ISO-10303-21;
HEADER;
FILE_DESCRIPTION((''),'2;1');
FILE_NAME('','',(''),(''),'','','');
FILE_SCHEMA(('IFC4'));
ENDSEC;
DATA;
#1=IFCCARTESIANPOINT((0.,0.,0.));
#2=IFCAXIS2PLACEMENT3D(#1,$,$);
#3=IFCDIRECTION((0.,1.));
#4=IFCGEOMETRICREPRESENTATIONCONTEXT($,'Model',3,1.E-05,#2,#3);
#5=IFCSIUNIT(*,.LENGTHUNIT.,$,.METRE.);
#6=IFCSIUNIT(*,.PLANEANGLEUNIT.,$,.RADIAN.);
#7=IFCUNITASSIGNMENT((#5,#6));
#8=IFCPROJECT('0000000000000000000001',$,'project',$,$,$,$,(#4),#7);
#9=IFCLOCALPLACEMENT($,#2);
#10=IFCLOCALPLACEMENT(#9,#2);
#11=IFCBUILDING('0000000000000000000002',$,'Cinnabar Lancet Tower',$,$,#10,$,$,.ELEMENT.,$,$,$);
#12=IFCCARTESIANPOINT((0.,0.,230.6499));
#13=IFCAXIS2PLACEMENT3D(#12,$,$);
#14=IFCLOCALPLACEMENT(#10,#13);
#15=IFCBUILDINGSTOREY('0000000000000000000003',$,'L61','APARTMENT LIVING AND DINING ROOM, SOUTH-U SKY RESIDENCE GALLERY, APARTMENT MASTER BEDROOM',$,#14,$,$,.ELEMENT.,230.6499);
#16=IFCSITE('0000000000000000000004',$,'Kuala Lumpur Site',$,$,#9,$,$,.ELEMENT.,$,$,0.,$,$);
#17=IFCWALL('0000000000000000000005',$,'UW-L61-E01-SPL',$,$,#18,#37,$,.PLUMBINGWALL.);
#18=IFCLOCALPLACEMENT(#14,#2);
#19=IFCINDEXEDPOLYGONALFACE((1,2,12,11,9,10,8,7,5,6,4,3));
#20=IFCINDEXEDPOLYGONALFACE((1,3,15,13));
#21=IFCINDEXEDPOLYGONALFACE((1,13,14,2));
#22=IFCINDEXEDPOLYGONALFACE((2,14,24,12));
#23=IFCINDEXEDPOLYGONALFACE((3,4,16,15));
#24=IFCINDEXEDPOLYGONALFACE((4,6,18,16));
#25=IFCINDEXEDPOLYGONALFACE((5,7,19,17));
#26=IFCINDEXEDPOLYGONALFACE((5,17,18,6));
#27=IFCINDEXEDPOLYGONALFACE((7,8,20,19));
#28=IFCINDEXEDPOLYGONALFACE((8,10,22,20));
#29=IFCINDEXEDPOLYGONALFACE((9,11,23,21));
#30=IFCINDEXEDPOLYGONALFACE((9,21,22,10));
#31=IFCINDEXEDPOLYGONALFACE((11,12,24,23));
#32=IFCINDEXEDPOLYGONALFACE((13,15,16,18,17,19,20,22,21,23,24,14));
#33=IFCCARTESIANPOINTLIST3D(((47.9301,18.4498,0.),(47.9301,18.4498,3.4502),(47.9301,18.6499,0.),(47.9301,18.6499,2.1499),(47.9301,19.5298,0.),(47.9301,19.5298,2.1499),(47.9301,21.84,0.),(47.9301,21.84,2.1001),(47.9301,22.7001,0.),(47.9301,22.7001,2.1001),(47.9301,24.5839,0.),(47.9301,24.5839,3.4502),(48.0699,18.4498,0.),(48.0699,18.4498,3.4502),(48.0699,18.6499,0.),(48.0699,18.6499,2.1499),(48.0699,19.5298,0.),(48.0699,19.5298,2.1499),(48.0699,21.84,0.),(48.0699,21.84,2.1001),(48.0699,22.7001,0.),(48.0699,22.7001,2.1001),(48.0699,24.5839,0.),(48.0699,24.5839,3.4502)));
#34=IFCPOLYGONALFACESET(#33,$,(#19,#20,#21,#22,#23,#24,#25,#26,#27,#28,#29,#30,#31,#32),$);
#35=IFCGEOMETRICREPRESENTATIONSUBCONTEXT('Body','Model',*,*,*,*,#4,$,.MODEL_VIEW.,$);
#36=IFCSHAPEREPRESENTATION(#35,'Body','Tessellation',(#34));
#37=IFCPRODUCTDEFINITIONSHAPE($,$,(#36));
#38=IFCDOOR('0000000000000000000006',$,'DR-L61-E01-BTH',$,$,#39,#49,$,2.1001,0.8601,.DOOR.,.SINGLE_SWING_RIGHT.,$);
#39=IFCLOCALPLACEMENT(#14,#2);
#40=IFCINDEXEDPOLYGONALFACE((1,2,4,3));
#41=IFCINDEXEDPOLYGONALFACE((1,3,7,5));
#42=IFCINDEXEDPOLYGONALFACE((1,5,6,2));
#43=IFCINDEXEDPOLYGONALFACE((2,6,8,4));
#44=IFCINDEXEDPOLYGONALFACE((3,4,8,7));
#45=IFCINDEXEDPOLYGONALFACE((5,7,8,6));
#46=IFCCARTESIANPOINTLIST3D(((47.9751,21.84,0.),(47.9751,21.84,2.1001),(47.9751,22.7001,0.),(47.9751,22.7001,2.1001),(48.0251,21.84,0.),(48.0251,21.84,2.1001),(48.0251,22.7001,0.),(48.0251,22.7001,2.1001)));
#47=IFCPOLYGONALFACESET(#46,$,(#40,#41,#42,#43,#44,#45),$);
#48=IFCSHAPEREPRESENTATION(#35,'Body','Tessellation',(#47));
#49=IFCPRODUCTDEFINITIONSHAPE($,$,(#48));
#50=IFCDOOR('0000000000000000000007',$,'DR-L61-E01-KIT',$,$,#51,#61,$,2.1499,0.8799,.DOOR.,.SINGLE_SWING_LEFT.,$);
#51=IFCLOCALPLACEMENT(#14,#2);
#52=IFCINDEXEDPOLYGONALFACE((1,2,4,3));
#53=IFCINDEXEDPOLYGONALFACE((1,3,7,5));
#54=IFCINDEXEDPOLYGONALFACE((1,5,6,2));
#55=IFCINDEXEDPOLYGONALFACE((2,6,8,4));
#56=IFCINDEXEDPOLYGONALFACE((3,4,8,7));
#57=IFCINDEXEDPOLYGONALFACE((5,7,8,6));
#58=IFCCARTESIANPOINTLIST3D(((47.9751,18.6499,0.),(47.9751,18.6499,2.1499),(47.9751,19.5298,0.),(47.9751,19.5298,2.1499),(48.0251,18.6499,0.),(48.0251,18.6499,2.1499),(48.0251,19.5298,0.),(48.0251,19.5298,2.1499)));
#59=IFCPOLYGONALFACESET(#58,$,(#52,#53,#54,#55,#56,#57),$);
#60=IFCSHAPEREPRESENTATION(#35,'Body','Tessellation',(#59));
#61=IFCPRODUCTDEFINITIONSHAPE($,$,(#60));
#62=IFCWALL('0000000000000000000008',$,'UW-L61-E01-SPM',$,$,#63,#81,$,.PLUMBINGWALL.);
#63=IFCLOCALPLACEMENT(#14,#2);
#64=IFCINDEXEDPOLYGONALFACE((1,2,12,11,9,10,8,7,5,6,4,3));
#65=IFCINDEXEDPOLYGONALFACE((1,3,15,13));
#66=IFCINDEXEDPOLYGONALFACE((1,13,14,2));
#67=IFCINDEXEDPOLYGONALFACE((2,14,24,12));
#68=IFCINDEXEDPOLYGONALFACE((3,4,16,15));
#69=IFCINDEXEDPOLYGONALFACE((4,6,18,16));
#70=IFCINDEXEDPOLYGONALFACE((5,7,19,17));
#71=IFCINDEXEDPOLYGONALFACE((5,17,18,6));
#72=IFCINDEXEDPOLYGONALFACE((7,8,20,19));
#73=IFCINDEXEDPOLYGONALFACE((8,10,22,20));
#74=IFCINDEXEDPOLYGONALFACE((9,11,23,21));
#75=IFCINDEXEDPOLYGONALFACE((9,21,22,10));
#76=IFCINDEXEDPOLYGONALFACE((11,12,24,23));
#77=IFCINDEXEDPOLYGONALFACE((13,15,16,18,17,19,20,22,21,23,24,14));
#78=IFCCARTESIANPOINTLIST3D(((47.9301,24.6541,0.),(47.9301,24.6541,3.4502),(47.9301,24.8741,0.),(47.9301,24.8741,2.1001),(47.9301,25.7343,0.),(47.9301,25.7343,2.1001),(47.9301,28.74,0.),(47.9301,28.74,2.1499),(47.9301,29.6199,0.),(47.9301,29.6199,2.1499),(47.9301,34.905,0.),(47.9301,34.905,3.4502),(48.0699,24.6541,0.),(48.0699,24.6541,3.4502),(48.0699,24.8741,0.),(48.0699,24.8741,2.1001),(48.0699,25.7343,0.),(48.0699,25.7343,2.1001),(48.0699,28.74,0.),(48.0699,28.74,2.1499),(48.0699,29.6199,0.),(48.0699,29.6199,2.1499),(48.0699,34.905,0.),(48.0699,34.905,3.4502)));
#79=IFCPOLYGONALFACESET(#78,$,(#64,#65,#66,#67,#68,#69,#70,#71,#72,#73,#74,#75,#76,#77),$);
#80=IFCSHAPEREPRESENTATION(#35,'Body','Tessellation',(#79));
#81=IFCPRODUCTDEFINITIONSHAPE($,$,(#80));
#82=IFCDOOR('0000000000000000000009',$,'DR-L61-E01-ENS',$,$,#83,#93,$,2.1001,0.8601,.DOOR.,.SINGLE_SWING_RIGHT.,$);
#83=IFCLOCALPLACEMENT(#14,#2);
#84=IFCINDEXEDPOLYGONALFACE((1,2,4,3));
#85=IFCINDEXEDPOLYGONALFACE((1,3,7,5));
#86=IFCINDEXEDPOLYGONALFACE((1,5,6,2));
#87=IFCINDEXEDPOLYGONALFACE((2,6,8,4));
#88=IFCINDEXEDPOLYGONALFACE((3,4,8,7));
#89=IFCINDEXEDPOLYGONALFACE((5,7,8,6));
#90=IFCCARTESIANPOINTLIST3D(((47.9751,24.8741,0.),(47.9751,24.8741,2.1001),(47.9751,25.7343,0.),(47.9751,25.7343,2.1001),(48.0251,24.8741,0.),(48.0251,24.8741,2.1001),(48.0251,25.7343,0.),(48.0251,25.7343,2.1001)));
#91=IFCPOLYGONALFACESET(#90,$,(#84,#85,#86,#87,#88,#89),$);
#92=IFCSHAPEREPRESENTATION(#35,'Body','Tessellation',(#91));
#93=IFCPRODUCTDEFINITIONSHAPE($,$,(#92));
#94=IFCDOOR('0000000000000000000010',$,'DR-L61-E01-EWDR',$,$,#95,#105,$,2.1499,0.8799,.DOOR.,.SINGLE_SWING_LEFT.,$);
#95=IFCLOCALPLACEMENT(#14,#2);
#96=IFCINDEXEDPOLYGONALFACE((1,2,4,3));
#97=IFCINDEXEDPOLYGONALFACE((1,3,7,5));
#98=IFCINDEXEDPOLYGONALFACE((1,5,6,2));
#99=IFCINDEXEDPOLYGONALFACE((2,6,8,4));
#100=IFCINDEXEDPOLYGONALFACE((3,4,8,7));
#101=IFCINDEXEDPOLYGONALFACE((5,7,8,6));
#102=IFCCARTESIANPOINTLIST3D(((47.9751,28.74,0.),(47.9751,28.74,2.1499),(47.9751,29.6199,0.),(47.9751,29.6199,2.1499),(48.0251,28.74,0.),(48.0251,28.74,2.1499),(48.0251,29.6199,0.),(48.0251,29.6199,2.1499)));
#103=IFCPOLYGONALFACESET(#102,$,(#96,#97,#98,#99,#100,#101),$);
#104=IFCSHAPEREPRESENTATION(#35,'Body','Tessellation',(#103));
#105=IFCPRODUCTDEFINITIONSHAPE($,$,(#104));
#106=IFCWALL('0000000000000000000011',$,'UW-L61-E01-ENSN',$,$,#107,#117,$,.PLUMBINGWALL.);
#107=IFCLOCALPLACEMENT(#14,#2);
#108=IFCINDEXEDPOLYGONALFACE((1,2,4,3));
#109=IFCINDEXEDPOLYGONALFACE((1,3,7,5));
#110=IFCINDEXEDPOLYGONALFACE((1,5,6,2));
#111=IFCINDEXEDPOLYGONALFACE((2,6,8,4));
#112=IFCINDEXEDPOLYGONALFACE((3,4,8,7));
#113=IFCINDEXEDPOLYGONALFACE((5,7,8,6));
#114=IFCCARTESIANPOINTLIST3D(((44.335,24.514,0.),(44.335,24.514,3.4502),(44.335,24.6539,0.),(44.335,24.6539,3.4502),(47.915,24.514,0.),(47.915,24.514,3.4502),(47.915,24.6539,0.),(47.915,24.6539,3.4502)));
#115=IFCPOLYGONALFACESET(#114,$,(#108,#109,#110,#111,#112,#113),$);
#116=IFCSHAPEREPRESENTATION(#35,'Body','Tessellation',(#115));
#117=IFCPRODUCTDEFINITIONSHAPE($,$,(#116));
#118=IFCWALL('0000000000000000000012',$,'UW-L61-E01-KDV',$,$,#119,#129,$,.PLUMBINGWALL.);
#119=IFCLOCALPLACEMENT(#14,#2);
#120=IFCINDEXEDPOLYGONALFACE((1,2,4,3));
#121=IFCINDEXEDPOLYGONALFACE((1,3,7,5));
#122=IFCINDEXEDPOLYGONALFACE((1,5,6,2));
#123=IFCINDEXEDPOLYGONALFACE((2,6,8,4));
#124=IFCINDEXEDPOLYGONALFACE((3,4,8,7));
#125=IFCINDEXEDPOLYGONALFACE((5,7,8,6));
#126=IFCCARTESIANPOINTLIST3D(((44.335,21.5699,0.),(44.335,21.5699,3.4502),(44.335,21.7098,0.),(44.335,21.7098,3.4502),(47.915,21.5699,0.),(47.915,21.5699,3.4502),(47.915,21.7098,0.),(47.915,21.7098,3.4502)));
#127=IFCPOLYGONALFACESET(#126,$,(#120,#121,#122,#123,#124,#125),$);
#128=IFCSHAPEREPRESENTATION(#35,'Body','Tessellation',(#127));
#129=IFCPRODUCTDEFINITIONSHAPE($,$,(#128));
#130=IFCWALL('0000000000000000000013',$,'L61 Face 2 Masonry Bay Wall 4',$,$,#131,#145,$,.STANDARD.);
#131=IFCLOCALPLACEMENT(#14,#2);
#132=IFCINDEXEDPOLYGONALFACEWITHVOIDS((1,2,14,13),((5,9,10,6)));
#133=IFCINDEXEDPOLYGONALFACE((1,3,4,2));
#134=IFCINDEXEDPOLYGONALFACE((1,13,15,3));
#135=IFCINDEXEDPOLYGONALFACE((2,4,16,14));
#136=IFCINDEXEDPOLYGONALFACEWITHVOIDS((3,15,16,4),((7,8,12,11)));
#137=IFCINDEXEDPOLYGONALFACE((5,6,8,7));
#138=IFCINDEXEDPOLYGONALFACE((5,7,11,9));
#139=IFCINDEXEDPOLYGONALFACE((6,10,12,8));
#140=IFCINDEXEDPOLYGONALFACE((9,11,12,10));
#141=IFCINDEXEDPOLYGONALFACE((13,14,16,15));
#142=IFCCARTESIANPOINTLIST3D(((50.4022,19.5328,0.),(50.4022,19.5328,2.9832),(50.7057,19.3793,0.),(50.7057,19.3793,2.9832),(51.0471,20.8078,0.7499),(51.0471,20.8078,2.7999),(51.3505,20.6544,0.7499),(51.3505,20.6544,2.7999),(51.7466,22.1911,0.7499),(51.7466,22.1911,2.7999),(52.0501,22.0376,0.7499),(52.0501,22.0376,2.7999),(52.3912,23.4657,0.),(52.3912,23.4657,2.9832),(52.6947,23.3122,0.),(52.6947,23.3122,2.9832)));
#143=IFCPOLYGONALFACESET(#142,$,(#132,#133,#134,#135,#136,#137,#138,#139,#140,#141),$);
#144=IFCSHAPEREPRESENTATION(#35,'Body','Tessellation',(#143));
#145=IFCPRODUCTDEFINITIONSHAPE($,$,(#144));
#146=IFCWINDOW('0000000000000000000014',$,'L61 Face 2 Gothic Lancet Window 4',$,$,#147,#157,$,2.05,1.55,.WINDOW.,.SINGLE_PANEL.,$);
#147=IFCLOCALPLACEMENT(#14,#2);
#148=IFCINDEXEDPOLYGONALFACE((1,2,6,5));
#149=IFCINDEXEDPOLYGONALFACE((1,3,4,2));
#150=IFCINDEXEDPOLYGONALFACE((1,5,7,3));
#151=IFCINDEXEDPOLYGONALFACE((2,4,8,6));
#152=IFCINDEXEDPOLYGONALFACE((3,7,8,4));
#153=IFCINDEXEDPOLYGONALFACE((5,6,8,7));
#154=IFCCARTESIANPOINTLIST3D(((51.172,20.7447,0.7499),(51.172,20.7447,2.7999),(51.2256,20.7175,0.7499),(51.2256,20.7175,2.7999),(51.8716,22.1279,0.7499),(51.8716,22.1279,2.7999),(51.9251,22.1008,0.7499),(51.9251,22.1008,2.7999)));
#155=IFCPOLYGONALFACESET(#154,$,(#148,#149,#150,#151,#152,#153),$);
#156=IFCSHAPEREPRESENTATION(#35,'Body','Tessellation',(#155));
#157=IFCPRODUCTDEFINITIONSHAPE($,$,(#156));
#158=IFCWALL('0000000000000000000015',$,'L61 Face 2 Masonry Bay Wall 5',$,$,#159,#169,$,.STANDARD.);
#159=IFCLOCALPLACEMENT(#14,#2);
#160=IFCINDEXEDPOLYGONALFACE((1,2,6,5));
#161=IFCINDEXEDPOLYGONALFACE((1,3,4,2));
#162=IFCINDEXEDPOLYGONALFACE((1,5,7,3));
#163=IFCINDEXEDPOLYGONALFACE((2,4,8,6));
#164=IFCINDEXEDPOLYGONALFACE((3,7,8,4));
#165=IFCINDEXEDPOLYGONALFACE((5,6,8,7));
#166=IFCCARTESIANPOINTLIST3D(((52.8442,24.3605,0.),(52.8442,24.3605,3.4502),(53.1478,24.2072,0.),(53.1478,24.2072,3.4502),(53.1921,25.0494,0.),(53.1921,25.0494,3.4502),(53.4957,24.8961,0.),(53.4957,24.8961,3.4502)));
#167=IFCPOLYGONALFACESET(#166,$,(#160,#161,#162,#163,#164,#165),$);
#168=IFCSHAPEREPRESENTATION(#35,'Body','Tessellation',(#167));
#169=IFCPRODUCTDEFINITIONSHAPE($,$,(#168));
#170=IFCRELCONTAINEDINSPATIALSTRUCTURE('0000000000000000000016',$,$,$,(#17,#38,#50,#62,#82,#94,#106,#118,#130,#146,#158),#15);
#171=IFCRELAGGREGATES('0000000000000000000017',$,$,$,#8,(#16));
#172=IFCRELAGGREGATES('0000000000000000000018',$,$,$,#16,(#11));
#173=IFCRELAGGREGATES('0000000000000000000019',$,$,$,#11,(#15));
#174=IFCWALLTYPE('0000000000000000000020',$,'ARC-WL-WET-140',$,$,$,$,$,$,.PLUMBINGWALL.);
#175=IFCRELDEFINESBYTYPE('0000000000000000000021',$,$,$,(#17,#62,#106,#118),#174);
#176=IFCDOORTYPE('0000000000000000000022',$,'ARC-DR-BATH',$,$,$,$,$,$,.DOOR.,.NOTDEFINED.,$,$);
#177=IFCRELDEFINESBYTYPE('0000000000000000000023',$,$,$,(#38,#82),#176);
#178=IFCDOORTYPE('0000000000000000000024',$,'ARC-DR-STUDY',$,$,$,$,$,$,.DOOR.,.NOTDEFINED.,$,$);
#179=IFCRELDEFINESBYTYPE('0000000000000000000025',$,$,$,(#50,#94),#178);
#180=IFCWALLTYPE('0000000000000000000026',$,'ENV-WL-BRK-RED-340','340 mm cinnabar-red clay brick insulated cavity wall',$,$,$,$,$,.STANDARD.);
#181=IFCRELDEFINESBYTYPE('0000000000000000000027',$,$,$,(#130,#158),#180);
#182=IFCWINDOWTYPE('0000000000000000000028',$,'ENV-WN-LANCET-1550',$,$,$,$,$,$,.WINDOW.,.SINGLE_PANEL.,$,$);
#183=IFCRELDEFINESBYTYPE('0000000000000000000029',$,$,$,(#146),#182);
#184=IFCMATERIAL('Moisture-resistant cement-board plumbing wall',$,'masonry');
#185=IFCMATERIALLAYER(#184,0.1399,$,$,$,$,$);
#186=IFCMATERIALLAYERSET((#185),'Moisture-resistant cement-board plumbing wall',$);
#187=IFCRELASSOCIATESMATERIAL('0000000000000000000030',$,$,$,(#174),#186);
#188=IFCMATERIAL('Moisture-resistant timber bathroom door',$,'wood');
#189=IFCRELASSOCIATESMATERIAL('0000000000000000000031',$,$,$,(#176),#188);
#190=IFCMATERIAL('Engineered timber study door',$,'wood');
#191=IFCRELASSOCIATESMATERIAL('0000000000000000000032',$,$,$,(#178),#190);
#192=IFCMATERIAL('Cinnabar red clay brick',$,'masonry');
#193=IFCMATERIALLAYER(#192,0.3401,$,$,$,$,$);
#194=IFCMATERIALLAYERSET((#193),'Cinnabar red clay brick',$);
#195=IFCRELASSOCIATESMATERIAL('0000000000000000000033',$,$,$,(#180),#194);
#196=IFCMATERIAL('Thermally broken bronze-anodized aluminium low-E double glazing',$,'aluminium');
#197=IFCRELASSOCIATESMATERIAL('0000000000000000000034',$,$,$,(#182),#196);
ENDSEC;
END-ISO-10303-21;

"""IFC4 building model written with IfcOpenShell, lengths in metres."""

from ifc_helpers import new_model, si_unit, direction, frame, frame_2d, origin, place, context, subcontext, project, spatial, rectangle, extrude, material, layer, layer_set, type_object, element, fill, save


model = new_model("IFC4")

# Units and contexts
model_context = context("Model", 3, precision=1e-05, world=origin(), true_north=direction((0.0, 1.0)))
body_context = subcontext(model_context, "Body", "Model", "MODEL_VIEW")
ifc_project = project(units=[si_unit("LENGTHUNIT", "METRE"), si_unit("PLANEANGLEUNIT", "RADIAN")], contexts=[model_context])

# Site, building, storey
site_placement = place(None, origin())
site = spatial("IfcSite", under=ifc_project, at=site_placement, Name="Kuala Lumpur Site", CompositionType="ELEMENT", RefElevation=0.0)
building_placement = place(site_placement, origin())
building = spatial("IfcBuilding", under=site, at=building_placement, Name="Cinnabar Lancet Tower", CompositionType="ELEMENT")
storey_placement = place(building_placement, frame((0.0, 0.0, 230.6499)))
storey = spatial("IfcBuildingStorey", under=building, at=storey_placement, Name="L61", Description="APARTMENT LIVING AND DINING ROOM, SOUTH-U SKY RESIDENCE GALLERY, APARTMENT MASTER BEDROOM", CompositionType="ELEMENT", Elevation=230.6499)

# Walls, openings, doors
ifc_material_1 = material(Name="Moisture-resistant cement-board plumbing wall", Category="masonry")
ifc_layer_1 = layer(ifc_material_1, 0.1399)
ifc_layer_set_1 = layer_set([ifc_layer_1], Name="Moisture-resistant cement-board plumbing wall")
wall_type_1 = type_object("IfcWallType", Name="ARC-WL-WET-140", PredefinedType="PLUMBINGWALL", material=ifc_layer_set_1)
wall_1_placement = place(storey_placement, frame((48.0, 18.45, 0.0), z_axis=(0.0, 0.0, 1.0), x_axis=(0.0, 1.0, 0.0)))
wall_1 = element("IfcWall", 1, at=wall_1_placement, inside=storey, type_object=wall_type_1, Name="UW-L61-E01-SPL", PredefinedType="PLUMBINGWALL", context=body_context, shape_type="SweptSolid", body=[
    extrude(rectangle(XDim=6.134, YDim=0.1399, at=frame_2d((3.0669, 0.0))), origin(), (0.0, 0.0, 1.0), 3.4502),
])
opening_1_placement = place(wall_1_placement, frame((0.2, 0.0, 0.0)))
opening_1 = element("IfcOpeningElement", 2, at=opening_1_placement, cuts=wall_1, PredefinedType="OPENING", context=body_context, shape_type="SweptSolid", body=[
    extrude(rectangle(XDim=0.8799, YDim=2.1499, at=frame_2d((0.4399, 1.075))), frame((0.0, 0.0798, 0.0), z_axis=(0.0, -1.0, 0.0), x_axis=(1.0, 0.0, 0.0)), (0.0, 0.0, 1.0), 0.1599),
])
opening_2_placement = place(wall_1_placement, frame((3.3899, 0.0, 0.0)))
opening_2 = element("IfcOpeningElement", 3, at=opening_2_placement, cuts=wall_1, PredefinedType="OPENING", context=body_context, shape_type="SweptSolid", body=[
    extrude(rectangle(XDim=0.8601, YDim=2.1001, at=frame_2d((0.4302, 1.05))), frame((0.0, 0.0798, 0.0), z_axis=(0.0, -1.0, 0.0), x_axis=(1.0, 0.0, 0.0)), (0.0, 0.0, 1.0), 0.1599),
])
ifc_material_2 = material(Name="Moisture-resistant timber bathroom door", Category="wood")
door_type_1 = type_object("IfcDoorType", Name="ARC-DR-BATH", OperationType="NOTDEFINED", PredefinedType="DOOR", material=ifc_material_2)
door_1_placement = place(opening_2_placement, origin())
door_1 = element("IfcDoor", 4, at=door_1_placement, inside=storey, type_object=door_type_1, Name="DR-L61-E01-BTH", OperationType="SINGLE_SWING_RIGHT", OverallHeight=2.1001, OverallWidth=0.8601, PredefinedType="DOOR", context=body_context, shape_type="SweptSolid", body=[
    extrude(rectangle(XDim=0.8601, YDim=2.1001, at=frame_2d((0.4302, 1.05))), frame((0.0, 0.0249, 0.0), z_axis=(0.0, -1.0, 0.0), x_axis=(1.0, 0.0, 0.0)), (0.0, 0.0, 1.0), 0.05),
])
fill(opening_2, door_1)
ifc_material_3 = material(Name="Engineered timber study door", Category="wood")
door_type_2 = type_object("IfcDoorType", Name="ARC-DR-STUDY", OperationType="NOTDEFINED", PredefinedType="DOOR", material=ifc_material_3)
door_2_placement = place(opening_1_placement, origin())
door_2 = element("IfcDoor", 5, at=door_2_placement, inside=storey, type_object=door_type_2, Name="DR-L61-E01-KIT", OperationType="SINGLE_SWING_LEFT", OverallHeight=2.1499, OverallWidth=0.8799, PredefinedType="DOOR", context=body_context, shape_type="SweptSolid", body=[
    extrude(rectangle(XDim=0.8799, YDim=2.1499, at=frame_2d((0.4399, 1.075))), frame((0.0, 0.0249, 0.0), z_axis=(0.0, -1.0, 0.0), x_axis=(1.0, 0.0, 0.0)), (0.0, 0.0, 1.0), 0.05),
])
fill(opening_1, door_2)
wall_2_placement = place(storey_placement, frame((48.0, 24.6541, 0.0), z_axis=(0.0, 0.0, 1.0), x_axis=(0.0, 1.0, 0.0)))
wall_2 = element("IfcWall", 6, at=wall_2_placement, inside=storey, type_object=wall_type_1, Name="UW-L61-E01-SPM", PredefinedType="PLUMBINGWALL", context=body_context, shape_type="SweptSolid", body=[
    extrude(rectangle(XDim=10.251, YDim=0.1399, at=frame_2d((5.1255, 0.0))), origin(), (0.0, 0.0, 1.0), 3.4502),
])
opening_3_placement = place(wall_2_placement, frame((0.22, 0.0, 0.0)))
opening_3 = element("IfcOpeningElement", 7, at=opening_3_placement, cuts=wall_2, PredefinedType="OPENING", context=body_context, shape_type="SweptSolid", body=[
    extrude(rectangle(XDim=0.8601, YDim=2.1001, at=frame_2d((0.4302, 1.05))), frame((0.0, 0.0798, 0.0), z_axis=(0.0, -1.0, 0.0), x_axis=(1.0, 0.0, 0.0)), (0.0, 0.0, 1.0), 0.1599),
])
opening_4_placement = place(wall_2_placement, frame((4.0859, 0.0, 0.0)))
opening_4 = element("IfcOpeningElement", 8, at=opening_4_placement, cuts=wall_2, PredefinedType="OPENING", context=body_context, shape_type="SweptSolid", body=[
    extrude(rectangle(XDim=0.8799, YDim=2.1499, at=frame_2d((0.4399, 1.075))), frame((0.0, 0.0798, 0.0), z_axis=(0.0, -1.0, 0.0), x_axis=(1.0, 0.0, 0.0)), (0.0, 0.0, 1.0), 0.1599),
])
door_3_placement = place(opening_3_placement, origin())
door_3 = element("IfcDoor", 9, at=door_3_placement, inside=storey, type_object=door_type_1, Name="DR-L61-E01-ENS", OperationType="SINGLE_SWING_RIGHT", OverallHeight=2.1001, OverallWidth=0.8601, PredefinedType="DOOR", context=body_context, shape_type="SweptSolid", body=[
    extrude(rectangle(XDim=0.8601, YDim=2.1001, at=frame_2d((0.4302, 1.05))), frame((0.0, 0.0249, 0.0), z_axis=(0.0, -1.0, 0.0), x_axis=(1.0, 0.0, 0.0)), (0.0, 0.0, 1.0), 0.05),
])
fill(opening_3, door_3)
door_4_placement = place(opening_4_placement, origin())
door_4 = element("IfcDoor", 10, at=door_4_placement, inside=storey, type_object=door_type_2, Name="DR-L61-E01-EWDR", OperationType="SINGLE_SWING_LEFT", OverallHeight=2.1499, OverallWidth=0.8799, PredefinedType="DOOR", context=body_context, shape_type="SweptSolid", body=[
    extrude(rectangle(XDim=0.8799, YDim=2.1499, at=frame_2d((0.4399, 1.075))), frame((0.0, 0.0249, 0.0), z_axis=(0.0, -1.0, 0.0), x_axis=(1.0, 0.0, 0.0)), (0.0, 0.0, 1.0), 0.05),
])
fill(opening_4, door_4)

# Walls
for number, where, z_axis, x_axis, name in (
    (11, (44.335, 24.584, 0.0), (0.0, 0.0, 1.0), (1.0, 0.0, 0.0), "UW-L61-E01-ENSN"),
    (12, (44.335, 21.6399, 0.0), (0.0, 0.0, 1.0), (1.0, 0.0, 0.0), "UW-L61-E01-KDV"),
):
    element("IfcWall", number, at=place(storey_placement, frame(where, z_axis=z_axis, x_axis=x_axis)), inside=storey, type_object=wall_type_1, Name=name, PredefinedType="PLUMBINGWALL", context=body_context, shape_type="SweptSolid", body=[
        extrude(rectangle(XDim=3.5801, YDim=0.1399, at=frame_2d((1.79, 0.0))), origin(), (0.0, 0.0, 1.0), 3.4502),
    ])

# Wall, opening, window
ifc_material_4 = material(Name="Cinnabar red clay brick", Category="masonry")
ifc_layer_2 = layer(ifc_material_4, 0.3401)
ifc_layer_set_2 = layer_set([ifc_layer_2], Name="Cinnabar red clay brick")
wall_type_2 = type_object("IfcWallType", Name="ENV-WL-BRK-RED-340", Description="340 mm cinnabar-red clay brick insulated cavity wall", PredefinedType="STANDARD", material=ifc_layer_set_2)
wall_3_placement = place(storey_placement, frame((50.554, 19.4561, 0.0), z_axis=(0.0, 0.0, 1.0), x_axis=(0.451308, 0.892368, 0.0)))
wall_3 = element("IfcWall", 13, at=wall_3_placement, inside=storey, type_object=wall_type_2, Name="L61 Face 2 Masonry Bay Wall 4", PredefinedType="STANDARD", context=body_context, shape_type="SweptSolid", body=[
    extrude(rectangle(XDim=4.4072, YDim=0.3401, at=frame_2d((2.2036, 0.0))), origin(), (0.0, 0.0, 1.0), 2.9832),
])
opening_5_placement = place(wall_3_placement, frame((1.429, 0.0, 0.75)))
opening_5 = element("IfcOpeningElement", 14, at=opening_5_placement, cuts=wall_3, PredefinedType="OPENING", context=body_context, shape_type="SweptSolid", body=[
    extrude(rectangle(XDim=1.55, YDim=2.05, at=frame_2d((0.7749, 1.0249))), frame((0.0, 0.1799, 0.0), z_axis=(0.0, -1.0, 0.0), x_axis=(1.0, 0.0, 0.0)), (0.0, 0.0, 1.0), 0.3601),
])
ifc_material_5 = material(Name="Thermally broken bronze-anodized aluminium low-E double glazing", Category="aluminium")
window_type = type_object("IfcWindowType", Name="ENV-WN-LANCET-1550", PartitioningType="SINGLE_PANEL", PredefinedType="WINDOW", material=ifc_material_5)
window_placement = place(opening_5_placement, origin())
window = element("IfcWindow", 15, at=window_placement, inside=storey, type_object=window_type, Name="L61 Face 2 Gothic Lancet Window 4", OverallHeight=2.05, OverallWidth=1.55, PartitioningType="SINGLE_PANEL", PredefinedType="WINDOW", context=body_context, shape_type="SweptSolid", body=[
    extrude(rectangle(XDim=1.55, YDim=2.05, at=frame_2d((0.7749, 1.0249))), frame((0.0, 0.03, 0.0), z_axis=(0.0, -1.0, 0.0), x_axis=(1.0, 0.0, 0.0)), (0.0, 0.0, 1.0), 0.0601),
])
fill(opening_5, window)

# Wall
wall_4_placement = place(storey_placement, frame((52.9961, 24.2839, 0.0), z_axis=(0.0, 0.0, 1.0), x_axis=(0.450753, 0.892649, 0.0)))
element("IfcWall", 16, at=wall_4_placement, inside=storey, type_object=wall_type_2, Name="L61 Face 2 Masonry Bay Wall 5", PredefinedType="STANDARD", context=body_context, shape_type="SweptSolid", body=[
    extrude(rectangle(XDim=0.7717, YDim=0.3401, at=frame_2d((0.3857, 0.0))), origin(), (0.0, 0.0, 1.0), 3.4502),
])

save(model, "model.ifc")
